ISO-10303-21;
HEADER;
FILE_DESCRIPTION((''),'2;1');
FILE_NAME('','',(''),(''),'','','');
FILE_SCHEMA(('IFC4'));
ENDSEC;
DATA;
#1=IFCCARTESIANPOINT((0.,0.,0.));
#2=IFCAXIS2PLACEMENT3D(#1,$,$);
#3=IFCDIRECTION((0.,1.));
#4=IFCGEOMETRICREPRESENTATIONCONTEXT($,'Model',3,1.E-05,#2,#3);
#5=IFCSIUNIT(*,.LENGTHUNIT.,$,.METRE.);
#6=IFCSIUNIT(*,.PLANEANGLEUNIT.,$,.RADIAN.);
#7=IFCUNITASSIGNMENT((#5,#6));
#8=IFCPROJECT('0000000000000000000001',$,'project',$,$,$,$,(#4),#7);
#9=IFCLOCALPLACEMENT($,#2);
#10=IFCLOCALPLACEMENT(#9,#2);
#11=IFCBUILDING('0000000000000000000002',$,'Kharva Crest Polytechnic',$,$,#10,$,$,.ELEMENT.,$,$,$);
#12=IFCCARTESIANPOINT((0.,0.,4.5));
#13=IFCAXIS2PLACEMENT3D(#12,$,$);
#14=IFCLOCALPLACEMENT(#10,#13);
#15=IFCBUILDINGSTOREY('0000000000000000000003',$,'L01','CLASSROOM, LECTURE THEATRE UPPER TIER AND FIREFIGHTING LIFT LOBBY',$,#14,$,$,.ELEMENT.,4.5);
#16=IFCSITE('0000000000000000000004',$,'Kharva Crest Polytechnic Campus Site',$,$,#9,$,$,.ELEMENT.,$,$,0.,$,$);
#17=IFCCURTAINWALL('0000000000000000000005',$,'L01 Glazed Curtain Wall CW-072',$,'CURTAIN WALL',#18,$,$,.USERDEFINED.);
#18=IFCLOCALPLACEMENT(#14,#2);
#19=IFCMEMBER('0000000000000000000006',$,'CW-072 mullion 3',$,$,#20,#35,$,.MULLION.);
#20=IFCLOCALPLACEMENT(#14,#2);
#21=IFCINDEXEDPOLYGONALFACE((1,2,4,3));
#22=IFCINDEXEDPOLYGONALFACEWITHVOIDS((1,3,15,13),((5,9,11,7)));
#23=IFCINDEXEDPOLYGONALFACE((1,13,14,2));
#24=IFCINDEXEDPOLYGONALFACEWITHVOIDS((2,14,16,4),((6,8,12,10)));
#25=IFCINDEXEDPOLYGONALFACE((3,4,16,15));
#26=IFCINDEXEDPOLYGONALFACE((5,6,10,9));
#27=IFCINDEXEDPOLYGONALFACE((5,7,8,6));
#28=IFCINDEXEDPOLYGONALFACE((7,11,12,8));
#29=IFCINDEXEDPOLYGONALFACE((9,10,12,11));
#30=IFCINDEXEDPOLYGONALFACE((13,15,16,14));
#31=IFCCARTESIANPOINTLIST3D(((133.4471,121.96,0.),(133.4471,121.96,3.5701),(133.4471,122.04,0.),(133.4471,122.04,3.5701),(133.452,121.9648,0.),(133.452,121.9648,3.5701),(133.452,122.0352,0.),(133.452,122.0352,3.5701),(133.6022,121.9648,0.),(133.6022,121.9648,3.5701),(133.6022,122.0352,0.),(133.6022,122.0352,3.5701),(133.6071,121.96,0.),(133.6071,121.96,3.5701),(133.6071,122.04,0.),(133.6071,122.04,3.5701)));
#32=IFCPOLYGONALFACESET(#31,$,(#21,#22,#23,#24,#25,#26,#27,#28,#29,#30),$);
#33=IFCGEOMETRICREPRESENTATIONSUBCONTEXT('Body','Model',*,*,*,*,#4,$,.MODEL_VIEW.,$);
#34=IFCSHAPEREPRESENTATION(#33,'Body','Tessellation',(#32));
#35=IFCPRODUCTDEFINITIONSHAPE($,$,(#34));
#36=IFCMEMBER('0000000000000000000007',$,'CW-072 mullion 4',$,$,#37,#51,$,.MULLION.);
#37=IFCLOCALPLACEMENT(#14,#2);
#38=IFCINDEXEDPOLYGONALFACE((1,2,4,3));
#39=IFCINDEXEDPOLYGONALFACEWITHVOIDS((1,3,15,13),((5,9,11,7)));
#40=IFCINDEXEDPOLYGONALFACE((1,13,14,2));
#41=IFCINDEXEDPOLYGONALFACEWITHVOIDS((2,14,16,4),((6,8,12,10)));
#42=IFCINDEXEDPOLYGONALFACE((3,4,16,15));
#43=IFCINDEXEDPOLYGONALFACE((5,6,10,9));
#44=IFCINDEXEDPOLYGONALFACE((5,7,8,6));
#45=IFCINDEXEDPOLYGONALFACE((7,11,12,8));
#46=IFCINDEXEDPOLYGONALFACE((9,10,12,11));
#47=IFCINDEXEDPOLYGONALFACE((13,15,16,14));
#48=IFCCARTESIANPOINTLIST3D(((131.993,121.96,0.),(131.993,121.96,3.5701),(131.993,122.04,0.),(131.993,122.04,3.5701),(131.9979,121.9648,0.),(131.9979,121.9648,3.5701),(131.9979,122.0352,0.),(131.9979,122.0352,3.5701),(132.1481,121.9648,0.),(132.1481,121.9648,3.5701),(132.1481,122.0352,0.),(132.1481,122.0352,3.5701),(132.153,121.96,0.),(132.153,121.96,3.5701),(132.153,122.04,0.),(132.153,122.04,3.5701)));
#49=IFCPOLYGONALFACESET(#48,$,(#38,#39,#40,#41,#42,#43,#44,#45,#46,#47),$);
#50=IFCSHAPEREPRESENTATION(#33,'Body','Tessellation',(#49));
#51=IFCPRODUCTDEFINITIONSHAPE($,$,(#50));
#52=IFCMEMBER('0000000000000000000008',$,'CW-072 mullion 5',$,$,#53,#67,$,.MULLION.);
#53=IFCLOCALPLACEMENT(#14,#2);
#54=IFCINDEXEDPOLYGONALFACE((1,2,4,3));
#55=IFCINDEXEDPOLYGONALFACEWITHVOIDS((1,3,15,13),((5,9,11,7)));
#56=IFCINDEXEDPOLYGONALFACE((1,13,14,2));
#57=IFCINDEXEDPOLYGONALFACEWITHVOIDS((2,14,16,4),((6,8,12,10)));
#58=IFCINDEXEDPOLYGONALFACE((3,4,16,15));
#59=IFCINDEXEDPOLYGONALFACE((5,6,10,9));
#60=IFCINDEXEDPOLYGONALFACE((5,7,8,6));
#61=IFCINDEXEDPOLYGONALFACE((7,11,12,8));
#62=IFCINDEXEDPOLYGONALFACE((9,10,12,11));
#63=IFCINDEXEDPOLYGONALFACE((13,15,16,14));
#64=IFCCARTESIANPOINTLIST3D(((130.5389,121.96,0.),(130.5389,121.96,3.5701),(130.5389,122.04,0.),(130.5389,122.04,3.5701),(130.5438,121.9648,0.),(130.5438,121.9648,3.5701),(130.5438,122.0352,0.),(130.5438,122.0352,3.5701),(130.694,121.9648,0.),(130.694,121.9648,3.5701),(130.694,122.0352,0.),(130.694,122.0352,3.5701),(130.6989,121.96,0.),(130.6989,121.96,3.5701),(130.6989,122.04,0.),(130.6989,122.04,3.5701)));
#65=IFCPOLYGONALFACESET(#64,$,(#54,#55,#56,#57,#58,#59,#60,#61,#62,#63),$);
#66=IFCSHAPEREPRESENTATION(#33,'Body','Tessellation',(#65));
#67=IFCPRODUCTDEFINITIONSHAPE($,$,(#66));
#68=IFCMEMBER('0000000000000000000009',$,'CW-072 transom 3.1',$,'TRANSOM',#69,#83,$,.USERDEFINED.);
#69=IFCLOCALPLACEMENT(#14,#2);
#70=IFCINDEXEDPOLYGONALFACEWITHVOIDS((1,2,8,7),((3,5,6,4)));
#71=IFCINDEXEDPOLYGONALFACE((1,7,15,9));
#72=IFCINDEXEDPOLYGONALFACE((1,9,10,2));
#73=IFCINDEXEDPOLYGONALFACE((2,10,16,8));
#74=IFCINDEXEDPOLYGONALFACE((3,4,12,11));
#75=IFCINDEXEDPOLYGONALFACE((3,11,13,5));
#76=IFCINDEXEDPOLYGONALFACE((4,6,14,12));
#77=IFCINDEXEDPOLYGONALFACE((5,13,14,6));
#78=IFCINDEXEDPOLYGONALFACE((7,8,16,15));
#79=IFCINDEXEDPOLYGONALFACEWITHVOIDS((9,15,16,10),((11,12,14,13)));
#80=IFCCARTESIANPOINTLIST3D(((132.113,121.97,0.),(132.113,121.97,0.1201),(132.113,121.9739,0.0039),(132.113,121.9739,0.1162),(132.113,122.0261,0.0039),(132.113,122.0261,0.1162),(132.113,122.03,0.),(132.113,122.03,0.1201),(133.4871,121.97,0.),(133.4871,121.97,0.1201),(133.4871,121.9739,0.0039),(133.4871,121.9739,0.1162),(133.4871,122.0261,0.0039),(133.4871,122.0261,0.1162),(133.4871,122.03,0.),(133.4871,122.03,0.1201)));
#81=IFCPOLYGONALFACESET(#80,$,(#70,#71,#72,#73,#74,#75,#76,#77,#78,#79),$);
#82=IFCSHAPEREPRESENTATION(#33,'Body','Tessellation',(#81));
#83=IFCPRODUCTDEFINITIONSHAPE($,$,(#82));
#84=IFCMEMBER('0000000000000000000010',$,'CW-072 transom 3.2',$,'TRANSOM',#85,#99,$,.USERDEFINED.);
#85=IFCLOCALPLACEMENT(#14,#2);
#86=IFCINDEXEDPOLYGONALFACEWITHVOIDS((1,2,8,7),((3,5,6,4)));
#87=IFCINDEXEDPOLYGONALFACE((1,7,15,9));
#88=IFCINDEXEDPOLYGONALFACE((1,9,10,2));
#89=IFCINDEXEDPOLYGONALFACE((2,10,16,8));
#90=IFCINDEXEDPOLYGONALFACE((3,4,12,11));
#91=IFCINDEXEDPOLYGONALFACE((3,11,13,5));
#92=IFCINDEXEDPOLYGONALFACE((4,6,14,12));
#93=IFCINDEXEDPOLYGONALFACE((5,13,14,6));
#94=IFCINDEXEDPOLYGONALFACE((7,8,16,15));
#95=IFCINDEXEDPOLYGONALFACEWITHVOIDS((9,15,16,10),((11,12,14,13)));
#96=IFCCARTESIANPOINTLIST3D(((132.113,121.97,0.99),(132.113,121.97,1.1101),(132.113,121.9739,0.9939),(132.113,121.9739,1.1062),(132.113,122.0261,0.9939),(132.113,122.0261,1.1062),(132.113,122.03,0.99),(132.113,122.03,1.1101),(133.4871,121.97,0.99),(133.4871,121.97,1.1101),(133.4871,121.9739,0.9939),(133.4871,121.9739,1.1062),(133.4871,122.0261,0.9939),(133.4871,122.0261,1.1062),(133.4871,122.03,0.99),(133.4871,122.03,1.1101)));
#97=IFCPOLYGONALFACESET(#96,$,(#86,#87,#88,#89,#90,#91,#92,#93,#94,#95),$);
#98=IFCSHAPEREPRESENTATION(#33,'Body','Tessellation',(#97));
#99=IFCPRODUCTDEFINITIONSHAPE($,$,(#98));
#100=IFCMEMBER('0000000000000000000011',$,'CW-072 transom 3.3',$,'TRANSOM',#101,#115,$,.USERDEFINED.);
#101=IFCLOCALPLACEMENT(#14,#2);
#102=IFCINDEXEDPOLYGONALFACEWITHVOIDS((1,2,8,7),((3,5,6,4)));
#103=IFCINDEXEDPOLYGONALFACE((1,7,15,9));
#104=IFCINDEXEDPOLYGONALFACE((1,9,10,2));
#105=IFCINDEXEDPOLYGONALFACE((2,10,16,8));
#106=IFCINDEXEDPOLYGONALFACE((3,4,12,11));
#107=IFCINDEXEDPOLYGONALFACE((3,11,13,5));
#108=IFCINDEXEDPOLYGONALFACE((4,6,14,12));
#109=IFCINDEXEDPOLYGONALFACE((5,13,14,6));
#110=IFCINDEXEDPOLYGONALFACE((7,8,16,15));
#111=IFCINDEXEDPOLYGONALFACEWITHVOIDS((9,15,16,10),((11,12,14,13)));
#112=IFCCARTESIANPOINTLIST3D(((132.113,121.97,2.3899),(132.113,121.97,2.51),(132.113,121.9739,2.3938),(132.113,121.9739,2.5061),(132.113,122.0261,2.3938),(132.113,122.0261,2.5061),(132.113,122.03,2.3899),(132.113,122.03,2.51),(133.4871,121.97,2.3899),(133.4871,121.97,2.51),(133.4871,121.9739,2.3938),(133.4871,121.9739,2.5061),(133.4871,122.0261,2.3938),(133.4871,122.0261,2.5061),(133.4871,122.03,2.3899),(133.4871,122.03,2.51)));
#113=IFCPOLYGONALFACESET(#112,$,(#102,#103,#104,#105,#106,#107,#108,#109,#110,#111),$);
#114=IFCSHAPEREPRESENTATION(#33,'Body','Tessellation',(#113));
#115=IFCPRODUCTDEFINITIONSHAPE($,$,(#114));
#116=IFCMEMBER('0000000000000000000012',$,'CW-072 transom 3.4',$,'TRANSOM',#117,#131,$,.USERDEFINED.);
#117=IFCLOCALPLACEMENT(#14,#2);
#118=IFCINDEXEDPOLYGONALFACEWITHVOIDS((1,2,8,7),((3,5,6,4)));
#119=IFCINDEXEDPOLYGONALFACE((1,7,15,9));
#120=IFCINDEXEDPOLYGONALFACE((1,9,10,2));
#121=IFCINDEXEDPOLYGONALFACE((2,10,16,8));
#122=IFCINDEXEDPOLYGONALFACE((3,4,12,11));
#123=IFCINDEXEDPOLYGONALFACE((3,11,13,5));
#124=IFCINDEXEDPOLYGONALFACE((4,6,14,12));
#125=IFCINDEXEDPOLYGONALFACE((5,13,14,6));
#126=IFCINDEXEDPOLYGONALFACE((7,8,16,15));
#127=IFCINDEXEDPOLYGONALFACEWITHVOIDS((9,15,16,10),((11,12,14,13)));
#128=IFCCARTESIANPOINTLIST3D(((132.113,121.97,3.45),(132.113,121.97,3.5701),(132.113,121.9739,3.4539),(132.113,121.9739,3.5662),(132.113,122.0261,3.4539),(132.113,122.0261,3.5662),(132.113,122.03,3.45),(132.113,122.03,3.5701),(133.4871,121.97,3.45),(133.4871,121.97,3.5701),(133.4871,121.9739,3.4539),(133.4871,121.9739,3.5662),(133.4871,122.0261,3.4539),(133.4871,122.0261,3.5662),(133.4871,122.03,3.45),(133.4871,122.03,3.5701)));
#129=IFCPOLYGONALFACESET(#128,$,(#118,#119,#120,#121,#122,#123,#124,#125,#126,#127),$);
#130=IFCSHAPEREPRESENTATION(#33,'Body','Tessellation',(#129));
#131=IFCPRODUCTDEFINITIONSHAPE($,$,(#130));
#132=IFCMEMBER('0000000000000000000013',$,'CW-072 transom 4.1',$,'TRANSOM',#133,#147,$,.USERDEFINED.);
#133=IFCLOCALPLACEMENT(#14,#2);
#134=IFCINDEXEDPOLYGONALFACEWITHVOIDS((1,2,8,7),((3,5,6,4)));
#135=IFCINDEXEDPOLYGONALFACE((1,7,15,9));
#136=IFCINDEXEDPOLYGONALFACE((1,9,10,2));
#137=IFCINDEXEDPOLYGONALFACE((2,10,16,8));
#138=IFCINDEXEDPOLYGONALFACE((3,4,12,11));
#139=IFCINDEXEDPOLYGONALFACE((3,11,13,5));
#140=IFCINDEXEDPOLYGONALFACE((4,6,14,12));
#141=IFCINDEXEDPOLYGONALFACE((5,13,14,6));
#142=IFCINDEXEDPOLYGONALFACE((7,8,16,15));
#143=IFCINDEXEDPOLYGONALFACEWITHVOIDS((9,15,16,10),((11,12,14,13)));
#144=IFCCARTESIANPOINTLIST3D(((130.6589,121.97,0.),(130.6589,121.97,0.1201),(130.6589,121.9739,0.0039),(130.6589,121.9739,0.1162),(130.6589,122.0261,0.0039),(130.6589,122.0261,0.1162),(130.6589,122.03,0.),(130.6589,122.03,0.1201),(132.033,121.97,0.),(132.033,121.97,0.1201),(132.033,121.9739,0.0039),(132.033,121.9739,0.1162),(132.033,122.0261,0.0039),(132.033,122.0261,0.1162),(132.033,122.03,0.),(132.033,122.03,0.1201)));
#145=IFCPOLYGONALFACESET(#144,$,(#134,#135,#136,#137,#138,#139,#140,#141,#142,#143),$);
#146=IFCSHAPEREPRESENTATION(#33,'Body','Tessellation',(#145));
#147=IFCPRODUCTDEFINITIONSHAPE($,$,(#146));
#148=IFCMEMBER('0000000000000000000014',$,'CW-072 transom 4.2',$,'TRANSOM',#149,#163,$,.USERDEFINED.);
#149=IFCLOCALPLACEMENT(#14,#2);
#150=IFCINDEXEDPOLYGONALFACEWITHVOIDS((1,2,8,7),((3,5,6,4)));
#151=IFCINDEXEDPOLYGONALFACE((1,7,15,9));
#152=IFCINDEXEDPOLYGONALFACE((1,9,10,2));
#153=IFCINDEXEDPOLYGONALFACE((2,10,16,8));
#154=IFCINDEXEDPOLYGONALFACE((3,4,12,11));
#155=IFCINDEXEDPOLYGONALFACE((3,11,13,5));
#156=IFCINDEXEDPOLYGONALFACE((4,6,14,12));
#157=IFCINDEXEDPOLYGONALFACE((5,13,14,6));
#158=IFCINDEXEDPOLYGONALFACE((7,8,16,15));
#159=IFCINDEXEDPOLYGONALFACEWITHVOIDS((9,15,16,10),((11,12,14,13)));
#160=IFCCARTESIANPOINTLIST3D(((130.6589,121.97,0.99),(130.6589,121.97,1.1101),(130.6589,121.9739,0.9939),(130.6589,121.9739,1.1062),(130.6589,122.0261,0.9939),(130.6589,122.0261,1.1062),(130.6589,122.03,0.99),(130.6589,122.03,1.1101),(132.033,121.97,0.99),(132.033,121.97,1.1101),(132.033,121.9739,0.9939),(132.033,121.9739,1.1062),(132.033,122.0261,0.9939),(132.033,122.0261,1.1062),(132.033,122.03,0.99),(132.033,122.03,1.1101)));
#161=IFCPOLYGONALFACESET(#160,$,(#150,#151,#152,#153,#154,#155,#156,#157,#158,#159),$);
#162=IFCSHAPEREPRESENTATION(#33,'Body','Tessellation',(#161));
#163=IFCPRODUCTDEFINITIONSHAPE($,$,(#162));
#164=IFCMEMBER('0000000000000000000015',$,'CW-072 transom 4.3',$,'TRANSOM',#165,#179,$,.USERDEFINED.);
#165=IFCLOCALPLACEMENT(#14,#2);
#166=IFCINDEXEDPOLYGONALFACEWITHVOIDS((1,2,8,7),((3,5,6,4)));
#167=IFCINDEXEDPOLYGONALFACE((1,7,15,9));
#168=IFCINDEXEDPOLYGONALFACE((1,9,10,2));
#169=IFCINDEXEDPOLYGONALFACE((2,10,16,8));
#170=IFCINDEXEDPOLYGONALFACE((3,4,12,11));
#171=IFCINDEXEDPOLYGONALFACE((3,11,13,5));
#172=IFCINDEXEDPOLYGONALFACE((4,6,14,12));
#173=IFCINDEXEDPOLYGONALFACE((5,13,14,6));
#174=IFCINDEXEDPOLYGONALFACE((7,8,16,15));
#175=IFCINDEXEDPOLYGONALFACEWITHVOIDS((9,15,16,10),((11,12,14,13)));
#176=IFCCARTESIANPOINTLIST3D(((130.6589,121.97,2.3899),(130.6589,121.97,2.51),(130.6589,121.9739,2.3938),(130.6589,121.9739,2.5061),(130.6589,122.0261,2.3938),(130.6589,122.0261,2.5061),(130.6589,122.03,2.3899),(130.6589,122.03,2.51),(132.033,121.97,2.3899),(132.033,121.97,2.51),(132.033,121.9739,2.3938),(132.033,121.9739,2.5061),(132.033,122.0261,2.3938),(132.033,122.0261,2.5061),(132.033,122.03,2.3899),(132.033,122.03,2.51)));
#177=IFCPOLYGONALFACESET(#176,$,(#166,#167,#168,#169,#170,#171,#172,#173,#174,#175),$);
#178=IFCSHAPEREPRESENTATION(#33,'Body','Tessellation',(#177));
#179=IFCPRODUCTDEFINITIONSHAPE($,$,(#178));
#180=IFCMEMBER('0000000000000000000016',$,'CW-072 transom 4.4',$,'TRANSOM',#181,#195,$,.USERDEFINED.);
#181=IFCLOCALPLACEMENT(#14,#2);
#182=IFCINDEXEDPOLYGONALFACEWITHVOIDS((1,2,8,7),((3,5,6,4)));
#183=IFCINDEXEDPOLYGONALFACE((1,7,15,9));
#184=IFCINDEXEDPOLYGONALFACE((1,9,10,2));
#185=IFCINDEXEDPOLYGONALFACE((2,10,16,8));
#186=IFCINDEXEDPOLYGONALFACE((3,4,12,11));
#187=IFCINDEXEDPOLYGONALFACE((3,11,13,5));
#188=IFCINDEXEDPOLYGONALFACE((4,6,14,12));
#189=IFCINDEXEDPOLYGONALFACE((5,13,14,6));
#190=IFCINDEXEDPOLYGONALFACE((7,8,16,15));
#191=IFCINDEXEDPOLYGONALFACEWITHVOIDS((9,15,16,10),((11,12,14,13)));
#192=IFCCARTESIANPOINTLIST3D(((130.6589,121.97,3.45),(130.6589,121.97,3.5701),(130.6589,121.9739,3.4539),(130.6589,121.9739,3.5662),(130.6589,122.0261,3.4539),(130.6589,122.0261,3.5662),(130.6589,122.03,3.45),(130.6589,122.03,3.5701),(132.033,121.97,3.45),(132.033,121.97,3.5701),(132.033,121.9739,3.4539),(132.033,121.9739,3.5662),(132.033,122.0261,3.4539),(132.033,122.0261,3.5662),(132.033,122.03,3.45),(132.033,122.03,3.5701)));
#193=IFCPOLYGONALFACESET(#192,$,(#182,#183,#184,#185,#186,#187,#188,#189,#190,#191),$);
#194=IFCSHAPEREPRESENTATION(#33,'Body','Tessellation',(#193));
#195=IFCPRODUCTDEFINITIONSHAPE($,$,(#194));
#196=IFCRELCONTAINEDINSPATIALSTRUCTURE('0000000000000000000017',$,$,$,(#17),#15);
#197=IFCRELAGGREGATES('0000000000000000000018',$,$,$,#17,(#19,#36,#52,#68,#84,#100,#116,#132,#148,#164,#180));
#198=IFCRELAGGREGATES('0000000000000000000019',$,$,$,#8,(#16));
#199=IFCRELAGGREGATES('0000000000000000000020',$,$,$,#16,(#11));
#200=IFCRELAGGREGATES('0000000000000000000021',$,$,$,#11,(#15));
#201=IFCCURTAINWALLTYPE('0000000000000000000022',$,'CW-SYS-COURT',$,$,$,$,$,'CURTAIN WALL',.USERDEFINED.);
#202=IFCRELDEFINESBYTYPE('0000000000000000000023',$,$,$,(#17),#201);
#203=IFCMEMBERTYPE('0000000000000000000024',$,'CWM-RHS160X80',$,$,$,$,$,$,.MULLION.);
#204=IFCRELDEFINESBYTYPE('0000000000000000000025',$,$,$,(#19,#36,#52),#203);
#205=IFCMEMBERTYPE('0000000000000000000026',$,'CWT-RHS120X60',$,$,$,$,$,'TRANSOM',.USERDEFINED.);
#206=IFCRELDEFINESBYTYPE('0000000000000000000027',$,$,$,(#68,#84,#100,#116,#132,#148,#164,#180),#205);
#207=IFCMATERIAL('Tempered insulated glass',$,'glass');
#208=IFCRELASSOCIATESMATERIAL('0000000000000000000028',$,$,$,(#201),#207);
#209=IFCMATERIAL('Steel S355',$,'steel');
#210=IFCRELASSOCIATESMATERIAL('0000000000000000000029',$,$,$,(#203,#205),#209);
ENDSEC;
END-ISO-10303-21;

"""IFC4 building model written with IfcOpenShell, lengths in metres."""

from ifc_helpers import new_model, si_unit, direction, frame, origin, origin_2d, place, context, subcontext, project, spatial, hollow_rectangle, extrude, material, material_profile, profile_set, type_object, element, aggregate, save


model = new_model("IFC4")

# Units and contexts
model_context = context("Model", 3, precision=1e-05, world=origin(), true_north=direction((0.0, 1.0)))
body_context = subcontext(model_context, "Body", "Model", "MODEL_VIEW")
ifc_project = project(units=[si_unit("LENGTHUNIT", "METRE"), si_unit("PLANEANGLEUNIT", "RADIAN")], contexts=[model_context])

# Site, building, storey
site_placement = place(None, origin())
site = spatial("IfcSite", under=ifc_project, at=site_placement, Name="Kharva Crest Polytechnic Campus Site", CompositionType="ELEMENT", RefElevation=0.0)
building_placement = place(site_placement, origin())
building = spatial("IfcBuilding", under=site, at=building_placement, Name="Kharva Crest Polytechnic", CompositionType="ELEMENT")
storey_placement = place(building_placement, frame((0.0, 0.0, 4.5)))
storey = spatial("IfcBuildingStorey", under=building, at=storey_placement, Name="L01", Description="CLASSROOM, LECTURE THEATRE UPPER TIER AND FIREFIGHTING LIFT LOBBY", CompositionType="ELEMENT", Elevation=4.5)

# Curtain wall, members
ifc_material_1 = material(Name="Tempered insulated glass", Category="glass")
curtain_wall_type = type_object("IfcCurtainWallType", Name="CW-SYS-COURT", ElementType="CURTAIN WALL", PredefinedType="USERDEFINED", material=ifc_material_1)
curtain_wall_placement = place(storey_placement, origin())
curtain_wall = element("IfcCurtainWall", 1, at=curtain_wall_placement, inside=storey, type_object=curtain_wall_type, Name="L01 Glazed Curtain Wall CW-072", ObjectType="CURTAIN WALL", PredefinedType="USERDEFINED")
ifc_material_2 = material(Name="Steel S355", Category="steel")
ifc_material_profile_1 = material_profile(ifc_material_2, hollow_rectangle(XDim=0.0801, YDim=0.1599, WallThickness=0.0049, at=origin_2d()), Name="RHS 160X80X5.0")
ifc_profile_set_1 = profile_set([ifc_material_profile_1], Name="Steel S355")
member_type_1 = type_object("IfcMemberType", Name="CWM-RHS160X80", PredefinedType="MULLION", material=ifc_profile_set_1)
member_1_placement = place(storey_placement, frame((133.5271, 122.0, 0.0), z_axis=(0.0, 0.0, 1.0), x_axis=(0.0, -1.0, 0.0)))
member_1 = element("IfcMember", 2, at=member_1_placement, type_object=member_type_1, Name="CW-072 mullion 3", PredefinedType="MULLION", context=body_context, shape_type="SweptSolid", body=[
    extrude(hollow_rectangle(XDim=0.0801, YDim=0.1599, WallThickness=0.0049, at=origin_2d()), origin(), (0.0, 0.0, 1.0), 3.5701),
])
member_2_placement = place(storey_placement, frame((132.073, 122.0, 0.0), z_axis=(0.0, 0.0, 1.0), x_axis=(0.0, -1.0, 0.0)))
member_2 = element("IfcMember", 3, at=member_2_placement, type_object=member_type_1, Name="CW-072 mullion 4", PredefinedType="MULLION", context=body_context, shape_type="SweptSolid", body=[
    extrude(hollow_rectangle(XDim=0.0801, YDim=0.1599, WallThickness=0.0049, at=origin_2d()), origin(), (0.0, 0.0, 1.0), 3.5701),
])
member_3_placement = place(storey_placement, frame((130.6189, 122.0, 0.0), z_axis=(0.0, 0.0, 1.0), x_axis=(0.0, -1.0, 0.0)))
member_3 = element("IfcMember", 4, at=member_3_placement, type_object=member_type_1, Name="CW-072 mullion 5", PredefinedType="MULLION", context=body_context, shape_type="SweptSolid", body=[
    extrude(hollow_rectangle(XDim=0.0801, YDim=0.1599, WallThickness=0.0049, at=origin_2d()), origin(), (0.0, 0.0, 1.0), 3.5701),
])
ifc_material_profile_2 = material_profile(ifc_material_2, hollow_rectangle(XDim=0.0601, YDim=0.1201, WallThickness=0.0039, at=origin_2d()), Name="RHS 120X60X4.0")
ifc_profile_set_2 = profile_set([ifc_material_profile_2], Name="Steel S355")
member_type_2 = type_object("IfcMemberType", Name="CWT-RHS120X60", ElementType="TRANSOM", PredefinedType="USERDEFINED", material=ifc_profile_set_2)
member_4_placement = place(storey_placement, frame((133.4871, 122.0, 0.0601), z_axis=(-1.0, 0.0, 0.0), x_axis=(0.0, -1.0, 0.0)))
member_4 = element("IfcMember", 5, at=member_4_placement, type_object=member_type_2, Name="CW-072 transom 3.1", ObjectType="TRANSOM", PredefinedType="USERDEFINED", context=body_context, shape_type="SweptSolid", body=[
    extrude(hollow_rectangle(XDim=0.0601, YDim=0.1201, WallThickness=0.0039, at=origin_2d()), origin(), (0.0, 0.0, 1.0), 1.374),
])
member_5_placement = place(storey_placement, frame((133.4871, 122.0, 1.05), z_axis=(-1.0, 0.0, 0.0), x_axis=(0.0, -1.0, 0.0)))
member_5 = element("IfcMember", 6, at=member_5_placement, type_object=member_type_2, Name="CW-072 transom 3.2", ObjectType="TRANSOM", PredefinedType="USERDEFINED", context=body_context, shape_type="SweptSolid", body=[
    extrude(hollow_rectangle(XDim=0.0601, YDim=0.1201, WallThickness=0.0039, at=origin_2d()), origin(), (0.0, 0.0, 1.0), 1.374),
])
member_6_placement = place(storey_placement, frame((133.4871, 122.0, 2.45), z_axis=(-1.0, 0.0, 0.0), x_axis=(0.0, -1.0, 0.0)))
member_6 = element("IfcMember", 7, at=member_6_placement, type_object=member_type_2, Name="CW-072 transom 3.3", ObjectType="TRANSOM", PredefinedType="USERDEFINED", context=body_context, shape_type="SweptSolid", body=[
    extrude(hollow_rectangle(XDim=0.0601, YDim=0.1201, WallThickness=0.0039, at=origin_2d()), origin(), (0.0, 0.0, 1.0), 1.374),
])
member_7_placement = place(storey_placement, frame((133.4871, 122.0, 3.51), z_axis=(-1.0, 0.0, 0.0), x_axis=(0.0, -1.0, 0.0)))
member_7 = element("IfcMember", 8, at=member_7_placement, type_object=member_type_2, Name="CW-072 transom 3.4", ObjectType="TRANSOM", PredefinedType="USERDEFINED", context=body_context, shape_type="SweptSolid", body=[
    extrude(hollow_rectangle(XDim=0.0601, YDim=0.1201, WallThickness=0.0039, at=origin_2d()), origin(), (0.0, 0.0, 1.0), 1.374),
])
member_8_placement = place(storey_placement, frame((132.033, 122.0, 0.0601), z_axis=(-1.0, 0.0, 0.0), x_axis=(0.0, -1.0, 0.0)))
member_8 = element("IfcMember", 9, at=member_8_placement, type_object=member_type_2, Name="CW-072 transom 4.1", ObjectType="TRANSOM", PredefinedType="USERDEFINED", context=body_context, shape_type="SweptSolid", body=[
    extrude(hollow_rectangle(XDim=0.0601, YDim=0.1201, WallThickness=0.0039, at=origin_2d()), origin(), (0.0, 0.0, 1.0), 1.374),
])
member_9_placement = place(storey_placement, frame((132.033, 122.0, 1.05), z_axis=(-1.0, 0.0, 0.0), x_axis=(0.0, -1.0, 0.0)))
member_9 = element("IfcMember", 10, at=member_9_placement, type_object=member_type_2, Name="CW-072 transom 4.2", ObjectType="TRANSOM", PredefinedType="USERDEFINED", context=body_context, shape_type="SweptSolid", body=[
    extrude(hollow_rectangle(XDim=0.0601, YDim=0.1201, WallThickness=0.0039, at=origin_2d()), origin(), (0.0, 0.0, 1.0), 1.374),
])
member_10_placement = place(storey_placement, frame((132.033, 122.0, 2.45), z_axis=(-1.0, 0.0, 0.0), x_axis=(0.0, -1.0, 0.0)))
member_10 = element("IfcMember", 11, at=member_10_placement, type_object=member_type_2, Name="CW-072 transom 4.3", ObjectType="TRANSOM", PredefinedType="USERDEFINED", context=body_context, shape_type="SweptSolid", body=[
    extrude(hollow_rectangle(XDim=0.0601, YDim=0.1201, WallThickness=0.0039, at=origin_2d()), origin(), (0.0, 0.0, 1.0), 1.374),
])
member_11_placement = place(storey_placement, frame((132.033, 122.0, 3.51), z_axis=(-1.0, 0.0, 0.0), x_axis=(0.0, -1.0, 0.0)))
member_11 = element("IfcMember", 12, at=member_11_placement, type_object=member_type_2, Name="CW-072 transom 4.4", ObjectType="TRANSOM", PredefinedType="USERDEFINED", context=body_context, shape_type="SweptSolid", body=[
    extrude(hollow_rectangle(XDim=0.0601, YDim=0.1201, WallThickness=0.0039, at=origin_2d()), origin(), (0.0, 0.0, 1.0), 1.374),
])
aggregate(curtain_wall, [member_1, member_2, member_3, member_4, member_5, member_6, member_7, member_8, member_9, member_10, member_11])

save(model, "model.ifc")
